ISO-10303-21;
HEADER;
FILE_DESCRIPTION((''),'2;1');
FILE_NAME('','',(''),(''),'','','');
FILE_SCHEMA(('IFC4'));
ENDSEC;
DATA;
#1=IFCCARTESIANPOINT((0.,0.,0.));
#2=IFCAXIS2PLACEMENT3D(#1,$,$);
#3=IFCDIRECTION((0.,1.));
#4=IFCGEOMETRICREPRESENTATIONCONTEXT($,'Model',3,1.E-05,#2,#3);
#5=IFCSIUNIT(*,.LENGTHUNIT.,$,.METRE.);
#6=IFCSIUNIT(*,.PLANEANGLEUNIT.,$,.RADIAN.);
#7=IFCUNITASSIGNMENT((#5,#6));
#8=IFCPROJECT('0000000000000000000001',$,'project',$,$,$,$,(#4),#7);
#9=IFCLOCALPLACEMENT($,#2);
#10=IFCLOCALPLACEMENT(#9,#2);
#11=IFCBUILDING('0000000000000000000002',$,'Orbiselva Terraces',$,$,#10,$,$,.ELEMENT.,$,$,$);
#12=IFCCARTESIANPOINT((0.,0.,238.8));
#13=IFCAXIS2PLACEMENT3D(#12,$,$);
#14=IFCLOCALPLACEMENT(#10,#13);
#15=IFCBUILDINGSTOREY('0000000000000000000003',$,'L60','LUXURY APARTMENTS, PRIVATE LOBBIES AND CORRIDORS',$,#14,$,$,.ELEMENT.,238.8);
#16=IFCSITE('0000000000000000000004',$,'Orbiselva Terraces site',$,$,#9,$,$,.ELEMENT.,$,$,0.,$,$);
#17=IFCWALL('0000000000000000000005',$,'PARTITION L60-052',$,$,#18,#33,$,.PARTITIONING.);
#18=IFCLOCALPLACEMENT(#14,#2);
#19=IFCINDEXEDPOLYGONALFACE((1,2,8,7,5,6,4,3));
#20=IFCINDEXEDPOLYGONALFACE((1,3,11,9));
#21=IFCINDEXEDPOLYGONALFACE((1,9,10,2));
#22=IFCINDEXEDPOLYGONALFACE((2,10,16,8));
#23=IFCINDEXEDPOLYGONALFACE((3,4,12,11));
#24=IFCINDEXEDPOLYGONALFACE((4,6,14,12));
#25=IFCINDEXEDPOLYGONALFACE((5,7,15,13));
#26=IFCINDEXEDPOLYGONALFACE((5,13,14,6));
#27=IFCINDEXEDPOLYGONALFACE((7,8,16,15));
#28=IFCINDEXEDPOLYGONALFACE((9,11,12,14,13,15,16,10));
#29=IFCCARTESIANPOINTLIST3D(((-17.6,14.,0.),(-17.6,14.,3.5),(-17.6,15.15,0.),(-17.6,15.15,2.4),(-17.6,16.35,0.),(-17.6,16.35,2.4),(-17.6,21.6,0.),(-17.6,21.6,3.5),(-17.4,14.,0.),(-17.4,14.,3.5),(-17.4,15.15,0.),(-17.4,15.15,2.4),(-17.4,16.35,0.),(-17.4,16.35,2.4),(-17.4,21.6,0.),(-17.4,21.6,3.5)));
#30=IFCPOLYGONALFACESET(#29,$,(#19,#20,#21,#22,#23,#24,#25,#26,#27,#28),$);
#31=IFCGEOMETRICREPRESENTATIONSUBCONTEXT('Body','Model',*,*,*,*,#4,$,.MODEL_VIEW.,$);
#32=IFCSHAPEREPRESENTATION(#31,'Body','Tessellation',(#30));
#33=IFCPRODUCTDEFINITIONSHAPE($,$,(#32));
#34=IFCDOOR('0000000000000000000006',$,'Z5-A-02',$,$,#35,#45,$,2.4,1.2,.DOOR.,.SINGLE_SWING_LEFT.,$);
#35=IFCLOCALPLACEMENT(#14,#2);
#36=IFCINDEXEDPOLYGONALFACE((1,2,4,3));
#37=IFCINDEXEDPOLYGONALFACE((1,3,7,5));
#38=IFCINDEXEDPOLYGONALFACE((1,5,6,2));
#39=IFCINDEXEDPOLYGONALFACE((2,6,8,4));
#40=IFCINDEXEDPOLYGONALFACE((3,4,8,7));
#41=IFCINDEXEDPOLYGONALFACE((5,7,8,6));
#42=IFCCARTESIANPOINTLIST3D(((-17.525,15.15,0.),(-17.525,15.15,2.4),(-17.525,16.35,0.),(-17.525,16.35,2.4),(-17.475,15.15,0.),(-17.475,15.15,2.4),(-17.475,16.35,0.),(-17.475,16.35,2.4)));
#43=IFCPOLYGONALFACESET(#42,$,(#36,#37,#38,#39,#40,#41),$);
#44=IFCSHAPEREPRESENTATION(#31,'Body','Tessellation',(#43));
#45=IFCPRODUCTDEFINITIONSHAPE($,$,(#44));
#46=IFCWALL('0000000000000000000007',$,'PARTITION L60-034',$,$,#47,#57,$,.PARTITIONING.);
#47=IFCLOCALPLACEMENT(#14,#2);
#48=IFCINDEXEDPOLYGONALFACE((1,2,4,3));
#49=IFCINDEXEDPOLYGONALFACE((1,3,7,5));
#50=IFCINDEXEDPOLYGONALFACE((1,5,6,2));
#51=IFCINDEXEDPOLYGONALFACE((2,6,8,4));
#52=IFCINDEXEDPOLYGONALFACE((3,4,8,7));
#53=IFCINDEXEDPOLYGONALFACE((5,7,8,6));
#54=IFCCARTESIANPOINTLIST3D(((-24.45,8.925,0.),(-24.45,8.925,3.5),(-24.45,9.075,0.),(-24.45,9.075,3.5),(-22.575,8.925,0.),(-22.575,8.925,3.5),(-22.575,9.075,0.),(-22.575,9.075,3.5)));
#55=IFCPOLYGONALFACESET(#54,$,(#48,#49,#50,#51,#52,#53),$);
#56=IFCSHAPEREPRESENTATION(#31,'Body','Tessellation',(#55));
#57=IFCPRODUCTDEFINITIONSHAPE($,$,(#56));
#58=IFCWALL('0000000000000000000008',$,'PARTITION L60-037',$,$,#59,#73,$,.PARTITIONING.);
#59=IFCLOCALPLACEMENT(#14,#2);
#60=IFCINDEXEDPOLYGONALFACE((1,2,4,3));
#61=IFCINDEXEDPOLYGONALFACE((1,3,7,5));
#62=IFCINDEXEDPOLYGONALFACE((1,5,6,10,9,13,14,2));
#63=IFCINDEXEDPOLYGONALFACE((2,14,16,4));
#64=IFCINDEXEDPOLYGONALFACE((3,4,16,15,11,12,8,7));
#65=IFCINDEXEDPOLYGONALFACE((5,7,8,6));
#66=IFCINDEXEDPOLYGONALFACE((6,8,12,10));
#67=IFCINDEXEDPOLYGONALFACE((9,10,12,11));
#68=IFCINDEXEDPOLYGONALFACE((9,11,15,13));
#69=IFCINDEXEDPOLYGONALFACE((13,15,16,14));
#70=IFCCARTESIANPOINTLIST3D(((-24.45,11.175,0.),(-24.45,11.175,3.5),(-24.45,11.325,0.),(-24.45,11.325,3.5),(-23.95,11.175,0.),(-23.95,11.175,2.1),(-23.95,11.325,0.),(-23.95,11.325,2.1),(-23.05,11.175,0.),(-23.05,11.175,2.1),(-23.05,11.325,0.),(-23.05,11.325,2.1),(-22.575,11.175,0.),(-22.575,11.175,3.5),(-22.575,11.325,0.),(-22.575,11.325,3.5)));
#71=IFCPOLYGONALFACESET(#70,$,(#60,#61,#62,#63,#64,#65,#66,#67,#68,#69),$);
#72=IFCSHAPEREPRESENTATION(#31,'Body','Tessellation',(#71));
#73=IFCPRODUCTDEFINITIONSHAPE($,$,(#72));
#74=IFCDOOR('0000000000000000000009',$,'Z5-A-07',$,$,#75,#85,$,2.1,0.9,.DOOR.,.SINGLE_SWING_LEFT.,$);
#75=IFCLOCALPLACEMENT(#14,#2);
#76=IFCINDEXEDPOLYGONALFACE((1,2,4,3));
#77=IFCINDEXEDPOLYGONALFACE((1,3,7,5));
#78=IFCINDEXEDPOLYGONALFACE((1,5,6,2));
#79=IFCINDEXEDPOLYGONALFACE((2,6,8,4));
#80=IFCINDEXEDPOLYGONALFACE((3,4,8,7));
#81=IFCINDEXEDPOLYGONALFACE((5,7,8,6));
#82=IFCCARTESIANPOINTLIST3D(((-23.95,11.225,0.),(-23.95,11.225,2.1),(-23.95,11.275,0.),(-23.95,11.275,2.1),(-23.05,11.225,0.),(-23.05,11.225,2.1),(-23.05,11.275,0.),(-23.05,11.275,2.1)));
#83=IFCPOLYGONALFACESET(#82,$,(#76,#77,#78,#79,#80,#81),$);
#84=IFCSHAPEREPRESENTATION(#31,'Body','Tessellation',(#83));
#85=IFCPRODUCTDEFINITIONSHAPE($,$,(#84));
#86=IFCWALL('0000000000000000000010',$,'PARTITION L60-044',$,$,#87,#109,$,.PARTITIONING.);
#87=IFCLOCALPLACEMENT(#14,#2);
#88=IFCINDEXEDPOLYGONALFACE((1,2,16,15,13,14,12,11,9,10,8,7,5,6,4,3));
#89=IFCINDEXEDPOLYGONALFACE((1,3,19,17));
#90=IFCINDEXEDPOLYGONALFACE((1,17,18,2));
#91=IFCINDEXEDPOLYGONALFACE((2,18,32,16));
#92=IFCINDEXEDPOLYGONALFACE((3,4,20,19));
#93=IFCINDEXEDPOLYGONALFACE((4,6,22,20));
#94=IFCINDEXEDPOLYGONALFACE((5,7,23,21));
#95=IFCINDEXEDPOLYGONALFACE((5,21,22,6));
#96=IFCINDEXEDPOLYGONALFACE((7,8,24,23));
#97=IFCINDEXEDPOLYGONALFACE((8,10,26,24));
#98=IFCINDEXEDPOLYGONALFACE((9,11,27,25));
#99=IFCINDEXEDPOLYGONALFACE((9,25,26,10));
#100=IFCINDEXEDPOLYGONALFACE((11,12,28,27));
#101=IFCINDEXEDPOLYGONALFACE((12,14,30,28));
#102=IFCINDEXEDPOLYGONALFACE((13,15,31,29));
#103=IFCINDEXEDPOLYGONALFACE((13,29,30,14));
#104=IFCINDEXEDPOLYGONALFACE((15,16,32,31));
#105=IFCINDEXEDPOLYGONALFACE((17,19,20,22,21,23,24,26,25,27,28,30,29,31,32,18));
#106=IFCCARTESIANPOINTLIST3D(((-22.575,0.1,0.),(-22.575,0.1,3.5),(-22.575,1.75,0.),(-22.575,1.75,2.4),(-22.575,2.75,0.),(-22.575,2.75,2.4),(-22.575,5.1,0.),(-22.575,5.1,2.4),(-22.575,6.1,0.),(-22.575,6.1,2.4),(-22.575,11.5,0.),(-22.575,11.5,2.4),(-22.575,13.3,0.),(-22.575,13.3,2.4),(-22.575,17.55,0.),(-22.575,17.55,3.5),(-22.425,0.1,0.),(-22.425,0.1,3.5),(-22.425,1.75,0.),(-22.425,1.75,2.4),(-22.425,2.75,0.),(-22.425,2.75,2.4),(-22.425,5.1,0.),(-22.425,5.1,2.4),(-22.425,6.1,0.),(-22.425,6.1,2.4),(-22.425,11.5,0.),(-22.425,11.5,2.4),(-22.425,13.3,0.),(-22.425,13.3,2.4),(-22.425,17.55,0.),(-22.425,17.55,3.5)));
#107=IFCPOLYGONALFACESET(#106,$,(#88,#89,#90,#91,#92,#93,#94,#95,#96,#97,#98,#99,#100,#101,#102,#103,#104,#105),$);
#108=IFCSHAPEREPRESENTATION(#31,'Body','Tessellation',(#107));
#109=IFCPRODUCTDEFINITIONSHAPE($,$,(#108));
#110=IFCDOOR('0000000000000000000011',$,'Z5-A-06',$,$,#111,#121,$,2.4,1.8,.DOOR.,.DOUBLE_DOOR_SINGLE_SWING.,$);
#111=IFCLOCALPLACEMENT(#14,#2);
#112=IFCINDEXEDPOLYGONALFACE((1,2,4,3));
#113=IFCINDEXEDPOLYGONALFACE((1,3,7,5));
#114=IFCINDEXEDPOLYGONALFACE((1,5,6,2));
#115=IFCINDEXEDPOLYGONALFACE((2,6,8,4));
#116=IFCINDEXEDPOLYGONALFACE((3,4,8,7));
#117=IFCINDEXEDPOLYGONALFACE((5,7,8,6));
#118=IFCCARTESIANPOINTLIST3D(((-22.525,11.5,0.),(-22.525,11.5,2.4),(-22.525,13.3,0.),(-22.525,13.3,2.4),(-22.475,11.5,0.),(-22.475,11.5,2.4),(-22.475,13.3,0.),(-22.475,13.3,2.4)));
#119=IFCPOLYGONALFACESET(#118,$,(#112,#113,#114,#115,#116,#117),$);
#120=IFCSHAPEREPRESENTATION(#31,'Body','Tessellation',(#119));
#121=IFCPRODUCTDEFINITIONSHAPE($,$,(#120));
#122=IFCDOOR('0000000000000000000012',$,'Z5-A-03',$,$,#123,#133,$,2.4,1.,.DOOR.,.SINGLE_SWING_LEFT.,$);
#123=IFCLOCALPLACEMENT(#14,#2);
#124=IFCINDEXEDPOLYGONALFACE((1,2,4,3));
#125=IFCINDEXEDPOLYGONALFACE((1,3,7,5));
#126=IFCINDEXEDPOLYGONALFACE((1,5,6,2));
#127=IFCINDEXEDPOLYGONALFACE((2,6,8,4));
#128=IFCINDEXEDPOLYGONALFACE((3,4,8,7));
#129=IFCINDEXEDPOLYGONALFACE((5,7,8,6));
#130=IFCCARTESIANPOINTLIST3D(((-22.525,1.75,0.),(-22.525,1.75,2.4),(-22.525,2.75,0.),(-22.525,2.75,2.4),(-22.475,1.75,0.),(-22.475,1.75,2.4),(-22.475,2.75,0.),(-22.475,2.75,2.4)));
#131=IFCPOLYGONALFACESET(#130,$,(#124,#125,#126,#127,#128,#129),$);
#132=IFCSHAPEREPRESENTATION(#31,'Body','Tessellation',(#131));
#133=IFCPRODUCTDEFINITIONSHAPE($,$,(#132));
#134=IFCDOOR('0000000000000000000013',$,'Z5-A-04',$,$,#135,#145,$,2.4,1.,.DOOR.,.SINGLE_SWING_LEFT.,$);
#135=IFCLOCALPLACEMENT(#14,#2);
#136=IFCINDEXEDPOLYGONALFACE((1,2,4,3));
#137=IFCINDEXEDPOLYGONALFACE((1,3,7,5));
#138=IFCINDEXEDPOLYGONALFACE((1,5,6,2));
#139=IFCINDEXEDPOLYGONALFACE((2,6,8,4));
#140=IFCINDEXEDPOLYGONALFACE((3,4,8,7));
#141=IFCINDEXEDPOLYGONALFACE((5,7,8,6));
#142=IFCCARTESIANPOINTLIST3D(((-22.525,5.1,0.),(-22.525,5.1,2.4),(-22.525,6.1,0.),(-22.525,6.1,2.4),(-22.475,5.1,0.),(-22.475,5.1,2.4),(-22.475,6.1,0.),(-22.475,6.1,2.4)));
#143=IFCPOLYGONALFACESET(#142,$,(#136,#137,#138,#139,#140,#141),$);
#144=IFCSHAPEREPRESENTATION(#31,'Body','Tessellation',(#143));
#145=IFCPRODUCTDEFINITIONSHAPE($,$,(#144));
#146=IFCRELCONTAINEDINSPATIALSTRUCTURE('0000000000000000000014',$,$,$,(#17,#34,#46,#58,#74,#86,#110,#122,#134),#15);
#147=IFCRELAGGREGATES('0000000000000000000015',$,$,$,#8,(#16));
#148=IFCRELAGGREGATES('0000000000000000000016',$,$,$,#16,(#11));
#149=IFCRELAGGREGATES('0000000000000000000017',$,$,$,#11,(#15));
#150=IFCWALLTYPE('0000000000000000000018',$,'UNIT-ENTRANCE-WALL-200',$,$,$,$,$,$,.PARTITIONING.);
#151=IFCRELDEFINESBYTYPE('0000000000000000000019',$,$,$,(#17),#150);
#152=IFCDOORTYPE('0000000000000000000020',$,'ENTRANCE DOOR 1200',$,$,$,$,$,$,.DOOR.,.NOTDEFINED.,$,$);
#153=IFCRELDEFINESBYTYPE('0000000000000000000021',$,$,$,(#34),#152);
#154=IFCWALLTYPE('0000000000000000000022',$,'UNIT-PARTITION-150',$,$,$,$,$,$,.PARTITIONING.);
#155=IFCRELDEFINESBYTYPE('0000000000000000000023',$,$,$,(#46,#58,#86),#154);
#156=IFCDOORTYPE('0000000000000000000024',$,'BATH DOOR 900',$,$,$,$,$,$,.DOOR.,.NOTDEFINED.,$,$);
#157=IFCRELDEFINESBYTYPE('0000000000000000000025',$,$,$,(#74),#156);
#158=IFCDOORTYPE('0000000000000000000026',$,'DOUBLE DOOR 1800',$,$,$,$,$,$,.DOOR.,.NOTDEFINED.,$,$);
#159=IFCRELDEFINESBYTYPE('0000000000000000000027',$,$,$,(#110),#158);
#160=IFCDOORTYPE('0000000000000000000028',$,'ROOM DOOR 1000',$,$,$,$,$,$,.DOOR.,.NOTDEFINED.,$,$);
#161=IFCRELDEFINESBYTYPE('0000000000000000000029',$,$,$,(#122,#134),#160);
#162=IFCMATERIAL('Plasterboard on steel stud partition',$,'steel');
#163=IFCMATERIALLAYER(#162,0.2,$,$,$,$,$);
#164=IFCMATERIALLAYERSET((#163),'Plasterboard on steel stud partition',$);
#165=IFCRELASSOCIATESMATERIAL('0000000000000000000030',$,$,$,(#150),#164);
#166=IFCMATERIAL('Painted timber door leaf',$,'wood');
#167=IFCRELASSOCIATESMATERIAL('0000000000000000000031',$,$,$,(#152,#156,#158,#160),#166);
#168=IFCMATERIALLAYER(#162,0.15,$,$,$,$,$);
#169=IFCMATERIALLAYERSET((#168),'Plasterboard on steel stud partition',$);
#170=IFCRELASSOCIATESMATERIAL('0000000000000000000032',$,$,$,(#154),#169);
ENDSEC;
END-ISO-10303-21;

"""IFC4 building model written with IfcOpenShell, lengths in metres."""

from ifc_helpers import new_model, si_unit, direction, frame, frame_2d, origin, place, context, subcontext, project, spatial, rectangle, extrude, material, layer, layer_set, type_object, element, fill, save


model = new_model("IFC4")

# Units and contexts
model_context = context("Model", 3, precision=1e-05, world=origin(), true_north=direction((0.0, 1.0)))
body_context = subcontext(model_context, "Body", "Model", "MODEL_VIEW")
ifc_project = project(units=[si_unit("LENGTHUNIT", "METRE"), si_unit("PLANEANGLEUNIT", "RADIAN")], contexts=[model_context])

# Site, building, storey
site_placement = place(None, origin())
site = spatial("IfcSite", under=ifc_project, at=site_placement, Name="Orbiselva Terraces site", CompositionType="ELEMENT", RefElevation=0.0)
building_placement = place(site_placement, origin())
building = spatial("IfcBuilding", under=site, at=building_placement, Name="Orbiselva Terraces", CompositionType="ELEMENT")
storey_placement = place(building_placement, frame((0.0, 0.0, 238.8)))
storey = spatial("IfcBuildingStorey", under=building, at=storey_placement, Name="L60", Description="LUXURY APARTMENTS, PRIVATE LOBBIES AND CORRIDORS", CompositionType="ELEMENT", Elevation=238.8)

# Shared definitions
ifc_material_1 = material(Name="Plasterboard on steel stud partition", Category="steel")
ifc_layer_1 = layer(ifc_material_1, 0.2)
ifc_layer_set_1 = layer_set([ifc_layer_1], Name="Plasterboard on steel stud partition")
wall_type_1 = type_object("IfcWallType", Name="UNIT-ENTRANCE-WALL-200", PredefinedType="PARTITIONING", material=ifc_layer_set_1)

# Wall, opening, door
wall_1_placement = place(storey_placement, frame((-17.5, 14.0, 0.0), z_axis=(0.0, 0.0, 1.0), x_axis=(0.0, 1.0, 0.0)))
wall_1 = element("IfcWall", 1, at=wall_1_placement, inside=storey, type_object=wall_type_1, Name="PARTITION L60-052", PredefinedType="PARTITIONING", context=body_context, shape_type="SweptSolid", body=[
    extrude(rectangle(XDim=7.6, YDim=0.2, at=frame_2d((3.8, 0.0))), origin(), (0.0, 0.0, 1.0), 3.5),
])
opening_1_placement = place(wall_1_placement, frame((1.15, 0.0, 0.0)))
opening_1 = element("IfcOpeningElement", 2, at=opening_1_placement, cuts=wall_1, PredefinedType="OPENING", context=body_context, shape_type="SweptSolid", body=[
    extrude(rectangle(XDim=1.2, YDim=2.4, at=frame_2d((0.6, 1.2))), frame((0.0, 0.11, 0.0), z_axis=(0.0, -1.0, 0.0), x_axis=(1.0, 0.0, 0.0)), (0.0, 0.0, 1.0), 0.22),
])
ifc_material_2 = material(Name="Painted timber door leaf", Category="wood")
door_type_1 = type_object("IfcDoorType", Name="ENTRANCE DOOR 1200", OperationType="NOTDEFINED", PredefinedType="DOOR", material=ifc_material_2)
door_1_placement = place(opening_1_placement, origin())
door_1 = element("IfcDoor", 3, at=door_1_placement, inside=storey, type_object=door_type_1, Name="Z5-A-02", OperationType="SINGLE_SWING_LEFT", OverallHeight=2.4, OverallWidth=1.2, PredefinedType="DOOR", context=body_context, shape_type="SweptSolid", body=[
    extrude(rectangle(XDim=1.2, YDim=2.4, at=frame_2d((0.6, 1.2))), frame((0.0, 0.025, 0.0), z_axis=(0.0, -1.0, 0.0), x_axis=(1.0, 0.0, 0.0)), (0.0, 0.0, 1.0), 0.05),
])
fill(opening_1, door_1)

# Wall
ifc_layer_2 = layer(ifc_material_1, 0.15)
ifc_layer_set_2 = layer_set([ifc_layer_2], Name="Plasterboard on steel stud partition")
wall_type_2 = type_object("IfcWallType", Name="UNIT-PARTITION-150", PredefinedType="PARTITIONING", material=ifc_layer_set_2)
wall_2_placement = place(storey_placement, frame((-24.45, 9.0, 0.0), z_axis=(0.0, 0.0, 1.0), x_axis=(1.0, 0.0, 0.0)))
element("IfcWall", 4, at=wall_2_placement, inside=storey, type_object=wall_type_2, Name="PARTITION L60-034", PredefinedType="PARTITIONING", context=body_context, shape_type="SweptSolid", body=[
    extrude(rectangle(XDim=1.875, YDim=0.15, at=frame_2d((0.9375, 0.0))), origin(), (0.0, 0.0, 1.0), 3.5),
])

# Wall, opening, door
wall_3_placement = place(storey_placement, frame((-22.575, 11.25, 0.0), z_axis=(0.0, 0.0, 1.0), x_axis=(-1.0, 0.0, 0.0)))
wall_3 = element("IfcWall", 5, at=wall_3_placement, inside=storey, type_object=wall_type_2, Name="PARTITION L60-037", PredefinedType="PARTITIONING", context=body_context, shape_type="SweptSolid", body=[
    extrude(rectangle(XDim=1.875, YDim=0.15, at=frame_2d((0.9375, 0.0))), origin(), (0.0, 0.0, 1.0), 3.5),
])
opening_2_placement = place(wall_3_placement, frame((0.475, 0.0, 0.0)))
opening_2 = element("IfcOpeningElement", 6, at=opening_2_placement, cuts=wall_3, PredefinedType="OPENING", context=body_context, shape_type="SweptSolid", body=[
    extrude(rectangle(XDim=0.9, YDim=2.1, at=frame_2d((0.45, 1.05))), frame((0.0, 0.085, 0.0), z_axis=(0.0, -1.0, 0.0), x_axis=(1.0, 0.0, 0.0)), (0.0, 0.0, 1.0), 0.17),
])
door_type_2 = type_object("IfcDoorType", Name="BATH DOOR 900", OperationType="NOTDEFINED", PredefinedType="DOOR", material=ifc_material_2)
door_2_placement = place(opening_2_placement, origin())
door_2 = element("IfcDoor", 7, at=door_2_placement, inside=storey, type_object=door_type_2, Name="Z5-A-07", OperationType="SINGLE_SWING_LEFT", OverallHeight=2.1, OverallWidth=0.9, PredefinedType="DOOR", context=body_context, shape_type="SweptSolid", body=[
    extrude(rectangle(XDim=0.9, YDim=2.1, at=frame_2d((0.45, 1.05))), frame((0.0, 0.025, 0.0), z_axis=(0.0, -1.0, 0.0), x_axis=(1.0, 0.0, 0.0)), (0.0, 0.0, 1.0), 0.05),
])
fill(opening_2, door_2)

# Wall, openings, doors
wall_4_placement = place(storey_placement, frame((-22.5, 0.1, 0.0), z_axis=(0.0, 0.0, 1.0), x_axis=(0.0, 1.0, 0.0)))
wall_4 = element("IfcWall", 8, at=wall_4_placement, inside=storey, type_object=wall_type_2, Name="PARTITION L60-044", PredefinedType="PARTITIONING", context=body_context, shape_type="SweptSolid", body=[
    extrude(rectangle(XDim=17.45, YDim=0.15, at=frame_2d((8.725, 0.0))), origin(), (0.0, 0.0, 1.0), 3.5),
])
opening_3_placement = place(wall_4_placement, frame((1.65, 0.0, 0.0)))
opening_3 = element("IfcOpeningElement", 9, at=opening_3_placement, cuts=wall_4, PredefinedType="OPENING", context=body_context, shape_type="SweptSolid", body=[
    extrude(rectangle(XDim=1.0, YDim=2.4, at=frame_2d((0.5, 1.2))), frame((0.0, 0.085, 0.0), z_axis=(0.0, -1.0, 0.0), x_axis=(1.0, 0.0, 0.0)), (0.0, 0.0, 1.0), 0.17),
])
opening_4_placement = place(wall_4_placement, frame((5.0, 0.0, 0.0)))
opening_4 = element("IfcOpeningElement", 10, at=opening_4_placement, cuts=wall_4, PredefinedType="OPENING", context=body_context, shape_type="SweptSolid", body=[
    extrude(rectangle(XDim=1.0, YDim=2.4, at=frame_2d((0.5, 1.2))), frame((0.0, 0.085, 0.0), z_axis=(0.0, -1.0, 0.0), x_axis=(1.0, 0.0, 0.0)), (0.0, 0.0, 1.0), 0.17),
])
opening_5_placement = place(wall_4_placement, frame((11.4, 0.0, 0.0)))
opening_5 = element("IfcOpeningElement", 11, at=opening_5_placement, cuts=wall_4, PredefinedType="OPENING", context=body_context, shape_type="SweptSolid", body=[
    extrude(rectangle(XDim=1.8, YDim=2.4, at=frame_2d((0.9, 1.2))), frame((0.0, 0.085, 0.0), z_axis=(0.0, -1.0, 0.0), x_axis=(1.0, 0.0, 0.0)), (0.0, 0.0, 1.0), 0.17),
])
door_type_3 = type_object("IfcDoorType", Name="DOUBLE DOOR 1800", OperationType="NOTDEFINED", PredefinedType="DOOR", material=ifc_material_2)
door_3_placement = place(opening_5_placement, origin())
door_3 = element("IfcDoor", 12, at=door_3_placement, inside=storey, type_object=door_type_3, Name="Z5-A-06", OperationType="DOUBLE_DOOR_SINGLE_SWING", OverallHeight=2.4, OverallWidth=1.8, PredefinedType="DOOR", context=body_context, shape_type="SweptSolid", body=[
    extrude(rectangle(XDim=1.8, YDim=2.4, at=frame_2d((0.9, 1.2))), frame((0.0, 0.025, 0.0), z_axis=(0.0, -1.0, 0.0), x_axis=(1.0, 0.0, 0.0)), (0.0, 0.0, 1.0), 0.05),
])
fill(opening_5, door_3)
door_type_4 = type_object("IfcDoorType", Name="ROOM DOOR 1000", OperationType="NOTDEFINED", PredefinedType="DOOR", material=ifc_material_2)
door_4_placement = place(opening_3_placement, origin())
door_4 = element("IfcDoor", 13, at=door_4_placement, inside=storey, type_object=door_type_4, Name="Z5-A-03", OperationType="SINGLE_SWING_LEFT", OverallHeight=2.4, OverallWidth=1.0, PredefinedType="DOOR", context=body_context, shape_type="SweptSolid", body=[
    extrude(rectangle(XDim=1.0, YDim=2.4, at=frame_2d((0.5, 1.2))), frame((0.0, 0.025, 0.0), z_axis=(0.0, -1.0, 0.0), x_axis=(1.0, 0.0, 0.0)), (0.0, 0.0, 1.0), 0.05),
])
fill(opening_3, door_4)
door_5_placement = place(opening_4_placement, origin())
door_5 = element("IfcDoor", 14, at=door_5_placement, inside=storey, type_object=door_type_4, Name="Z5-A-04", OperationType="SINGLE_SWING_LEFT", OverallHeight=2.4, OverallWidth=1.0, PredefinedType="DOOR", context=body_context, shape_type="SweptSolid", body=[
    extrude(rectangle(XDim=1.0, YDim=2.4, at=frame_2d((0.5, 1.2))), frame((0.0, 0.025, 0.0), z_axis=(0.0, -1.0, 0.0), x_axis=(1.0, 0.0, 0.0)), (0.0, 0.0, 1.0), 0.05),
])
fill(opening_4, door_5)

save(model, "model.ifc")
